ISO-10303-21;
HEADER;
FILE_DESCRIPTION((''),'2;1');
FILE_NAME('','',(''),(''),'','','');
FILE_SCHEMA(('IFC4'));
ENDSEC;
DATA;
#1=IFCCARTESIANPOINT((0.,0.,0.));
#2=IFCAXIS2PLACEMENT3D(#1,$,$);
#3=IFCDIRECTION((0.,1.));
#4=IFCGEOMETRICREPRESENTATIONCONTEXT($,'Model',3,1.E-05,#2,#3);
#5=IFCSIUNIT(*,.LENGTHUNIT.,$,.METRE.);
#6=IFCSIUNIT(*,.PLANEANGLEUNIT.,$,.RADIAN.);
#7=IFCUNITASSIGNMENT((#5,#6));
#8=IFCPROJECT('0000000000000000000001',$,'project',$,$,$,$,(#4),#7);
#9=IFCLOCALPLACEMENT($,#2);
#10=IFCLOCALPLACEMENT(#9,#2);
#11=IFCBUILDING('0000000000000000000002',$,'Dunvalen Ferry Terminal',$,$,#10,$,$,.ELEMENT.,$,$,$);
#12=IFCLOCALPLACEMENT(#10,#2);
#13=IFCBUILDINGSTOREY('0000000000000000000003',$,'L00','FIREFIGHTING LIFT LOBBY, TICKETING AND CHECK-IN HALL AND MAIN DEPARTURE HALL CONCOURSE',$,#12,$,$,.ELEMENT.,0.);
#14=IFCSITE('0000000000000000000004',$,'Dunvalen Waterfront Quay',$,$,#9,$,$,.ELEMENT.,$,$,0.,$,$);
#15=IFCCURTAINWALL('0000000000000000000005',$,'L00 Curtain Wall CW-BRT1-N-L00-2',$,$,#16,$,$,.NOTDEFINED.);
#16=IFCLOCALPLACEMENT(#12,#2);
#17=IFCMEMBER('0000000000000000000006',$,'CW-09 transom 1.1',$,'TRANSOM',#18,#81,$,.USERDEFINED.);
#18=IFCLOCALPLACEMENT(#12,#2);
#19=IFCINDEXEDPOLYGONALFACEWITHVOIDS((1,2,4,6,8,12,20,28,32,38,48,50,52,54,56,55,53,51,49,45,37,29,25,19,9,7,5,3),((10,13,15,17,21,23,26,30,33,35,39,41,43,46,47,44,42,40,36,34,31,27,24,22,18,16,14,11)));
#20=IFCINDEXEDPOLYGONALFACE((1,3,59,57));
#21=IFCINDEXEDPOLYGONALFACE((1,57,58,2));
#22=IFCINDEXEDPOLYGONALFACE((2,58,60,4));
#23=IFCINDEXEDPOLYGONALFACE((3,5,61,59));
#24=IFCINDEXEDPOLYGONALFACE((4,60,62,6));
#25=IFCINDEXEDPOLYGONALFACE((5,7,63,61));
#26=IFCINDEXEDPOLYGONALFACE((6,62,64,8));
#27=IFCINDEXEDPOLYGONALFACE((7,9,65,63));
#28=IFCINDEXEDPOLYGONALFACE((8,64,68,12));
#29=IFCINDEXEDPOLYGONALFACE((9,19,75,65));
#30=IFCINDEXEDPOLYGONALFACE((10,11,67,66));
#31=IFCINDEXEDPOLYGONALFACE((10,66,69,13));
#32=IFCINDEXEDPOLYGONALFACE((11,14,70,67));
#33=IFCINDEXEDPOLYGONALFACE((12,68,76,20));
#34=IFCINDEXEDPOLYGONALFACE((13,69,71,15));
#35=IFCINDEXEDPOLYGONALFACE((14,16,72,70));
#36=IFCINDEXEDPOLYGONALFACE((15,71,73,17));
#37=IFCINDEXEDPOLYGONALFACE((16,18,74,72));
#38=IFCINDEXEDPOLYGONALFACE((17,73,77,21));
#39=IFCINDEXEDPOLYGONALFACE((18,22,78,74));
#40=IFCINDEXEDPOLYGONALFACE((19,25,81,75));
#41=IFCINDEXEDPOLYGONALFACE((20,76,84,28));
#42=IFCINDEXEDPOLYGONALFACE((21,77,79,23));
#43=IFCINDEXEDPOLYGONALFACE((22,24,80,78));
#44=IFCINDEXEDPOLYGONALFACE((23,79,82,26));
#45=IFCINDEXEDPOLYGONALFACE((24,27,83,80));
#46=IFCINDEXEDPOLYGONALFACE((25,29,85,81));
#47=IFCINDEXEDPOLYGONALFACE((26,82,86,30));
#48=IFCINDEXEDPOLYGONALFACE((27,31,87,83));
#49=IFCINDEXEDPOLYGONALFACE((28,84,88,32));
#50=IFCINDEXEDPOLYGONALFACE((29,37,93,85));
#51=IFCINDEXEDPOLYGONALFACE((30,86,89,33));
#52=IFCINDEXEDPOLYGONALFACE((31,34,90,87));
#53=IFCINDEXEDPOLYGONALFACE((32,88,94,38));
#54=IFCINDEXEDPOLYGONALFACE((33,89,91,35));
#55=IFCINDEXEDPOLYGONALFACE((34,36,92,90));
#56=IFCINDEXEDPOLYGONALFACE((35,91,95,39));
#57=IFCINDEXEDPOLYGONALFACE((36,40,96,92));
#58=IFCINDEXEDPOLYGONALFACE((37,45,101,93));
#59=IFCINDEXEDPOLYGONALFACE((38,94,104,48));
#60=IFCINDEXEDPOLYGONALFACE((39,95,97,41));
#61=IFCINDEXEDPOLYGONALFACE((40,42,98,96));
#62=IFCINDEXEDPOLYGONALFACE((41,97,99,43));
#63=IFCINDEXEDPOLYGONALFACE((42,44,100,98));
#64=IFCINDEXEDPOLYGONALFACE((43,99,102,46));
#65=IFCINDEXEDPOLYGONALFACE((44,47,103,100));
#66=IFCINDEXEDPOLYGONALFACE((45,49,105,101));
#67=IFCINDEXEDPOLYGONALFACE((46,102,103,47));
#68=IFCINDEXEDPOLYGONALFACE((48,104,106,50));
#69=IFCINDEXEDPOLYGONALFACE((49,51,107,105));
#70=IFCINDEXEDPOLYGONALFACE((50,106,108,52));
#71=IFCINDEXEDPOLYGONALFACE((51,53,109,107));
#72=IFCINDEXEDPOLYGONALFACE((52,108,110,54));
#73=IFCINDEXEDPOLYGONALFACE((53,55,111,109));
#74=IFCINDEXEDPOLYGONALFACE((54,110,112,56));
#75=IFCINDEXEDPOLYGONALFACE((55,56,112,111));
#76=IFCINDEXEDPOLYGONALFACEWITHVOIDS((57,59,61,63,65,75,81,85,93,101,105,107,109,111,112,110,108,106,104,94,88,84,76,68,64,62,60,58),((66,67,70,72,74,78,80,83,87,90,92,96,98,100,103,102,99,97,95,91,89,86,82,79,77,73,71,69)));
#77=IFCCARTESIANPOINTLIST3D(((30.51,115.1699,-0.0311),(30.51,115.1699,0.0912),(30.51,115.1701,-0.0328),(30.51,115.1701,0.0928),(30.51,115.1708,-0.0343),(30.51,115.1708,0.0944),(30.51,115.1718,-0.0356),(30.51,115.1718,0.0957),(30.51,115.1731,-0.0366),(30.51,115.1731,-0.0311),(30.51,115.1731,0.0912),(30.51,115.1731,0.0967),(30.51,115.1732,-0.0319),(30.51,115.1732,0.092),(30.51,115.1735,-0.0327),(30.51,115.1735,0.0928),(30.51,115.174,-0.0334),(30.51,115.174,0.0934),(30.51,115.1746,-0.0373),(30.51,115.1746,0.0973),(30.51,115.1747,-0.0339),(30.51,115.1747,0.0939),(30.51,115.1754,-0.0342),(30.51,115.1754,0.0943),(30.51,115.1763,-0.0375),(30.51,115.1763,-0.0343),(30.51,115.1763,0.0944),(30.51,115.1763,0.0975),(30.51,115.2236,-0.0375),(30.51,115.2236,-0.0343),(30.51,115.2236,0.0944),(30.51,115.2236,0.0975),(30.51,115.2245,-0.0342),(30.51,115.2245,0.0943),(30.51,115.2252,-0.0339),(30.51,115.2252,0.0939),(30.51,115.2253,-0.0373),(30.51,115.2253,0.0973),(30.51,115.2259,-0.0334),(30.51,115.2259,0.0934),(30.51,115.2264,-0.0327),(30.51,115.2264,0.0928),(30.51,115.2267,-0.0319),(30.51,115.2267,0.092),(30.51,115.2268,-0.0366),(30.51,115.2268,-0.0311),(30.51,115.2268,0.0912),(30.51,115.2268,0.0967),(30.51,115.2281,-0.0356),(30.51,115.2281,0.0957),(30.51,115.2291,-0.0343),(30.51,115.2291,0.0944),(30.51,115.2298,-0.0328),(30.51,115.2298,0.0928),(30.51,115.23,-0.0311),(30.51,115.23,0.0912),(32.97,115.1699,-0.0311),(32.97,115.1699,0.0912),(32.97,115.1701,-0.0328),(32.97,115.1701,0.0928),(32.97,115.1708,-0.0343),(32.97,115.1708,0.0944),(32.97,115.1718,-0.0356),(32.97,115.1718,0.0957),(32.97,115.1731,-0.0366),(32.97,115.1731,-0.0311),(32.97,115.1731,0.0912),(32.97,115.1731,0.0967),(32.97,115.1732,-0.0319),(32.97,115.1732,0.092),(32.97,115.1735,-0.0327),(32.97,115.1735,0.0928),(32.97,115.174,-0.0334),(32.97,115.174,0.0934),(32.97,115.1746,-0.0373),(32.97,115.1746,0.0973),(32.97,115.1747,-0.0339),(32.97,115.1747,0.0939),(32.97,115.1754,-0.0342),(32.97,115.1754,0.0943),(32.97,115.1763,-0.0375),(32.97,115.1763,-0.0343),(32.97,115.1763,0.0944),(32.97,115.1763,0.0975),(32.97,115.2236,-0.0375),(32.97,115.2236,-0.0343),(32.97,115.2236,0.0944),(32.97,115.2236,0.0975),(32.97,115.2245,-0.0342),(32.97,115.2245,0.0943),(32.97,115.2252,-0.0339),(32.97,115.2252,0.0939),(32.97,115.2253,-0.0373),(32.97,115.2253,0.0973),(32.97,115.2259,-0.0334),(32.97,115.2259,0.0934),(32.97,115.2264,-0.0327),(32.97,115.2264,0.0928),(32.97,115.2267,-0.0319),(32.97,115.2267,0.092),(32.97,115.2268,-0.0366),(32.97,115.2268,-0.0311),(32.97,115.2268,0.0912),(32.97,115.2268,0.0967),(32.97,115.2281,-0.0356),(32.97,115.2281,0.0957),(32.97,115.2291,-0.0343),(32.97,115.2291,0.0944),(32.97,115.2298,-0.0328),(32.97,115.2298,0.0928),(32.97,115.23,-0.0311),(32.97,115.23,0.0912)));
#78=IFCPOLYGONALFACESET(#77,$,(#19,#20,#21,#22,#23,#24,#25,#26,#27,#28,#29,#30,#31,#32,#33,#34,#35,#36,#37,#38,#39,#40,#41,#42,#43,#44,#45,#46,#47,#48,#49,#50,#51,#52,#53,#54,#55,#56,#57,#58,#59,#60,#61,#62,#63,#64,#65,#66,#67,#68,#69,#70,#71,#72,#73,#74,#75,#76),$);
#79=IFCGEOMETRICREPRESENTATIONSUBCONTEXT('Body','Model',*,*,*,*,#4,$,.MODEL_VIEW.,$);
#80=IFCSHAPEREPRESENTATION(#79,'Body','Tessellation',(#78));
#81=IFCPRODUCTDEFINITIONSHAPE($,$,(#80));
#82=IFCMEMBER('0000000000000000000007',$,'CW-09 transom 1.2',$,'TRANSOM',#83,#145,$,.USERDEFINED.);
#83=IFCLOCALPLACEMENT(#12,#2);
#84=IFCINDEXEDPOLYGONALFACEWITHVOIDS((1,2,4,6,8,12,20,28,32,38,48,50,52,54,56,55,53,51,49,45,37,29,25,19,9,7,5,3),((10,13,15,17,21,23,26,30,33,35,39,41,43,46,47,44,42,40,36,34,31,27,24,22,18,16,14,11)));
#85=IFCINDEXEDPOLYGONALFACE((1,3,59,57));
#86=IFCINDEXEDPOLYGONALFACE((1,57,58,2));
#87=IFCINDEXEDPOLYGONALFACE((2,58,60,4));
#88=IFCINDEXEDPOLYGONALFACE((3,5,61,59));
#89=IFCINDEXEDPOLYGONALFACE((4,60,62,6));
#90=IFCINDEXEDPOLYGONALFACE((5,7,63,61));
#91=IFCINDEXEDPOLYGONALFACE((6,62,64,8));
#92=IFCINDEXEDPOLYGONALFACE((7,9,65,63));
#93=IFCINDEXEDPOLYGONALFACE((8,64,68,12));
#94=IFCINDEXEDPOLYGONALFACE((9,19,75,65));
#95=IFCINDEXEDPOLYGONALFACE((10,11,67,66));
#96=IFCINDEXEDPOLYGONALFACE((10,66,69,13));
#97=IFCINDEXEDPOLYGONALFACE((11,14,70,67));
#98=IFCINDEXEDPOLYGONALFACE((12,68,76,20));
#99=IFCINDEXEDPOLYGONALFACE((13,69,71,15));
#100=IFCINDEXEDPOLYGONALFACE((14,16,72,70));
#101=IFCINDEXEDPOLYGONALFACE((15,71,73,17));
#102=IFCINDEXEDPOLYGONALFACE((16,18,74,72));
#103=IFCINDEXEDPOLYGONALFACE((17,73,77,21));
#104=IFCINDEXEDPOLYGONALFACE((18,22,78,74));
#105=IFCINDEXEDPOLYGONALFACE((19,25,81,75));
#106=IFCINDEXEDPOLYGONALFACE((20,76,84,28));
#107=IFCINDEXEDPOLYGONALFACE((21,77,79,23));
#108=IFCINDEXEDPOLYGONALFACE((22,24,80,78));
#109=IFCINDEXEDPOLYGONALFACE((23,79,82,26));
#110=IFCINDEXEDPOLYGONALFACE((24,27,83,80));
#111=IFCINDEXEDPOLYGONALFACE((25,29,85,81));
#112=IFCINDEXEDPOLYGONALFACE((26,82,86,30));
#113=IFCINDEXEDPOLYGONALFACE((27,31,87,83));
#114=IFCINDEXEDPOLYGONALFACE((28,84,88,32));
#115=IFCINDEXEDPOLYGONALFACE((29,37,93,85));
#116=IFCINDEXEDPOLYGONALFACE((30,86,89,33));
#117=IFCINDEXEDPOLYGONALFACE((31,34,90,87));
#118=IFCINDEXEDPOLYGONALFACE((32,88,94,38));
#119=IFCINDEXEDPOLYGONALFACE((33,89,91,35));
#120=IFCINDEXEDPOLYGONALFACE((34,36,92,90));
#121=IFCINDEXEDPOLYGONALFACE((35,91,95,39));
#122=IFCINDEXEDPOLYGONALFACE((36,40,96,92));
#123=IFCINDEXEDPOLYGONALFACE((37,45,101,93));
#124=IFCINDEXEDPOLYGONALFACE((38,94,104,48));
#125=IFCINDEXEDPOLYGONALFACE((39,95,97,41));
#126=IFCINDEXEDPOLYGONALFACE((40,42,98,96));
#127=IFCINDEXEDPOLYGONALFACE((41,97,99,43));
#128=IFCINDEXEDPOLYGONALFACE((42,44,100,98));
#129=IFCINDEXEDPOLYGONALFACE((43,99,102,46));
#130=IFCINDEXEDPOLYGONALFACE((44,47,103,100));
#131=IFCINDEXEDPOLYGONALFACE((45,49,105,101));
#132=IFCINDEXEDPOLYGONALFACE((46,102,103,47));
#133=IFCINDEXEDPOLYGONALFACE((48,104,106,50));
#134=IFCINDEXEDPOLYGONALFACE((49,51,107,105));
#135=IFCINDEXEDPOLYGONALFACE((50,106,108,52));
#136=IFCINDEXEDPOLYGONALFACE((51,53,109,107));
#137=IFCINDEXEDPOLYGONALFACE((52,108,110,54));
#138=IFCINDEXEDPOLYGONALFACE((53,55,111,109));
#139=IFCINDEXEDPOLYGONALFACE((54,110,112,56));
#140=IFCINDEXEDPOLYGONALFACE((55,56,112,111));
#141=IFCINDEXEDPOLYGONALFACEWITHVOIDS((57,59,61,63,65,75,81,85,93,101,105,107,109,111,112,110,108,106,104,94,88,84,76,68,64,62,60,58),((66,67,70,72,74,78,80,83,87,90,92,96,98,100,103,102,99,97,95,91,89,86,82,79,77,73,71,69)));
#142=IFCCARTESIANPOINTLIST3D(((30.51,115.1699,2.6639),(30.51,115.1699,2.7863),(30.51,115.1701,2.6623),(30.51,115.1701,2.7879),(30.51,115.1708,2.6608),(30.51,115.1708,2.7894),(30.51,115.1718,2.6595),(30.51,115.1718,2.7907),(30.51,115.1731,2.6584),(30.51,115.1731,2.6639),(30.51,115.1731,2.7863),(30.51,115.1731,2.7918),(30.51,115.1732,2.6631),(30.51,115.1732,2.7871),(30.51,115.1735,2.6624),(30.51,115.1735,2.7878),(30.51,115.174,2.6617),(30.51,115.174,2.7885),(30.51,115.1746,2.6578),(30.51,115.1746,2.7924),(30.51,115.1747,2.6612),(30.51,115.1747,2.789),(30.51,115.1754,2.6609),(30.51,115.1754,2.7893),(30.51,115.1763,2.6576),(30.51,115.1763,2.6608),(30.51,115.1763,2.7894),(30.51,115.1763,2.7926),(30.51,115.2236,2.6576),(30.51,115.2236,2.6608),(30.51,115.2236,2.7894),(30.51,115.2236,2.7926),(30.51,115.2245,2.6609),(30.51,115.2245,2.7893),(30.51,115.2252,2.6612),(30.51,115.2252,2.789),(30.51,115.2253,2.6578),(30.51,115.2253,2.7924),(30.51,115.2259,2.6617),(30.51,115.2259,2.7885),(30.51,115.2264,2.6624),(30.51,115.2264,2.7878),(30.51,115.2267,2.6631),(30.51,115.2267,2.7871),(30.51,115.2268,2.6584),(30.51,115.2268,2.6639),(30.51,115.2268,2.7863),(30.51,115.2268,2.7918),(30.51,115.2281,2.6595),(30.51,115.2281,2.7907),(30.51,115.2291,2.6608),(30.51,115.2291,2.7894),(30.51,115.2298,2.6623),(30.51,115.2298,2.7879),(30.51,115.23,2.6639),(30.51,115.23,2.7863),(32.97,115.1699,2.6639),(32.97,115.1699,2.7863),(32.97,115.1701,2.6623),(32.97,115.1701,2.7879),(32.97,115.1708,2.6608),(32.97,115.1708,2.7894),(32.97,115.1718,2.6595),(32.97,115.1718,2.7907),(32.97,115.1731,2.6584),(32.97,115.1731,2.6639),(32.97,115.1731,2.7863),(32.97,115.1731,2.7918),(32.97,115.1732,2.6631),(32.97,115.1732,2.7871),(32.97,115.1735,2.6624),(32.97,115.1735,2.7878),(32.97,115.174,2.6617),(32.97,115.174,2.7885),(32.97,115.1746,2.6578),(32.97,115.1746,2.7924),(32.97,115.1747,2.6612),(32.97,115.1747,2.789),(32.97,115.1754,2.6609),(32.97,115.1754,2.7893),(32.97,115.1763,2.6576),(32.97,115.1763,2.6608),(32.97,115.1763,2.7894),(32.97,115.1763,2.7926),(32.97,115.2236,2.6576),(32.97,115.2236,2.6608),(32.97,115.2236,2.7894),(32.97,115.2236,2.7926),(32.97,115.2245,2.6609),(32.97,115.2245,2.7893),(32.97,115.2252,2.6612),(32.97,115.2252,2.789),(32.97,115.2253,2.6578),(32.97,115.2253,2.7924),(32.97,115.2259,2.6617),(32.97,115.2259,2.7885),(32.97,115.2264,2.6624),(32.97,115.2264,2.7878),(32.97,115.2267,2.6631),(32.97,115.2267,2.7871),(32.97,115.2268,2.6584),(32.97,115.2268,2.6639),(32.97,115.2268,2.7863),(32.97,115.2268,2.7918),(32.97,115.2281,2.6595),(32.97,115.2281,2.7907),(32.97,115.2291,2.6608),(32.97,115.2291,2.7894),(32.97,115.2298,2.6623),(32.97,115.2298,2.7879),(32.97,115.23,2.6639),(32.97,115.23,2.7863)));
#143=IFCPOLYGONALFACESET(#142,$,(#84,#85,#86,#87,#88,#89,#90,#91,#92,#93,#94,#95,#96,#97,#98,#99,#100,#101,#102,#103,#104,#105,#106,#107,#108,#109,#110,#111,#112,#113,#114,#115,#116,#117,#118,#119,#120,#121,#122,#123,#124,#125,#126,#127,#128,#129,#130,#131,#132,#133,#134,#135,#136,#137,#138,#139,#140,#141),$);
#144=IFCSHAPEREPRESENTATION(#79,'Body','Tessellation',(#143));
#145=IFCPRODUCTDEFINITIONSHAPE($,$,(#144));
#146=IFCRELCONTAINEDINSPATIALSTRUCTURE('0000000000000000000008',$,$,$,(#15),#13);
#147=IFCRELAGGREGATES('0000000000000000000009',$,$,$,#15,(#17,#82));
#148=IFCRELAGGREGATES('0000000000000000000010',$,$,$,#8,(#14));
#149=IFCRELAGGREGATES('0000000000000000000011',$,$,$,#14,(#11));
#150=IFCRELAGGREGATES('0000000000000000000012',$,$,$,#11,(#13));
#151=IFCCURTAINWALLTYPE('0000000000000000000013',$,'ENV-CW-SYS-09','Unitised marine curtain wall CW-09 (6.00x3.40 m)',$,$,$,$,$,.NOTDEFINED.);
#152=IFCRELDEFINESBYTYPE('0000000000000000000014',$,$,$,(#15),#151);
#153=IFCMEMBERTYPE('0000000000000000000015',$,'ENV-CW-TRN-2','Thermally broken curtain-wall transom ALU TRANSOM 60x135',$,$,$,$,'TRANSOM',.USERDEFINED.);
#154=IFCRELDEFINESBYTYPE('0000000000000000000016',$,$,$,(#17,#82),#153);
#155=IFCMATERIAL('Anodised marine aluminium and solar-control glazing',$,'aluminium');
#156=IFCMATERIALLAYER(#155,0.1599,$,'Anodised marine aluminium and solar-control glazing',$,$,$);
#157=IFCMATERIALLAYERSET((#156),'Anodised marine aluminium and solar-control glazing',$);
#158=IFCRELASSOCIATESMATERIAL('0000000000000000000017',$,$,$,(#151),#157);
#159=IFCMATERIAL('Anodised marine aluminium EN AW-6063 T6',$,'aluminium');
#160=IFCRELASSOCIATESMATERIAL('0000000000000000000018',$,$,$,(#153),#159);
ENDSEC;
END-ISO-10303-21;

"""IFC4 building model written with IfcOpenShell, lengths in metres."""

from ifc_helpers import new_model, si_unit, direction, frame, origin, origin_2d, place, context, subcontext, project, spatial, hollow_rectangle, extrude, material, layer, layer_set, material_profile, profile_set, type_object, element, aggregate, save


model = new_model("IFC4")

# Units and contexts
model_context = context("Model", 3, precision=1e-05, world=origin(), true_north=direction((0.0, 1.0)))
body_context = subcontext(model_context, "Body", "Model", "MODEL_VIEW")
ifc_project = project(units=[si_unit("LENGTHUNIT", "METRE"), si_unit("PLANEANGLEUNIT", "RADIAN")], contexts=[model_context])

# Site, building, storey
site_placement = place(None, origin())
site = spatial("IfcSite", under=ifc_project, at=site_placement, Name="Dunvalen Waterfront Quay", CompositionType="ELEMENT", RefElevation=0.0)
building_placement = place(site_placement, origin())
building = spatial("IfcBuilding", under=site, at=building_placement, Name="Dunvalen Ferry Terminal", CompositionType="ELEMENT")
storey_placement = place(building_placement, origin())
storey = spatial("IfcBuildingStorey", under=building, at=storey_placement, Name="L00", Description="FIREFIGHTING LIFT LOBBY, TICKETING AND CHECK-IN HALL AND MAIN DEPARTURE HALL CONCOURSE", CompositionType="ELEMENT", Elevation=0.0)

# Curtain wall, members
ifc_material_1 = material(Name="Anodised marine aluminium and solar-control glazing", Category="aluminium")
ifc_layer_1 = layer(ifc_material_1, 0.1599, Name="Anodised marine aluminium and solar-control glazing")
ifc_layer_set_1 = layer_set([ifc_layer_1], Name="Anodised marine aluminium and solar-control glazing")
curtain_wall_type = type_object("IfcCurtainWallType", Name="ENV-CW-SYS-09", Description="Unitised marine curtain wall CW-09 (6.00x3.40 m)", PredefinedType="NOTDEFINED", material=ifc_layer_set_1)
curtain_wall_placement = place(storey_placement, origin())
curtain_wall = element("IfcCurtainWall", 1, at=curtain_wall_placement, inside=storey, type_object=curtain_wall_type, Name="L00 Curtain Wall CW-BRT1-N-L00-2", PredefinedType="NOTDEFINED")
ifc_material_2 = material(Name="Anodised marine aluminium EN AW-6063 T6", Category="aluminium")
ifc_material_profile_1 = material_profile(ifc_material_2, hollow_rectangle(XDim=0.0601, YDim=0.135, WallThickness=0.0032, InnerFilletRadius=0.0032, OuterFilletRadius=0.0063, at=origin_2d()), Name="Anodised marine aluminium EN AW-6063 T6")
ifc_profile_set_1 = profile_set([ifc_material_profile_1], Name="Anodised marine aluminium EN AW-6063 T6")
member_type_1 = type_object("IfcMemberType", Name="ENV-CW-TRN-2", Description="Thermally broken curtain-wall transom ALU TRANSOM 60x135", ElementType="TRANSOM", PredefinedType="USERDEFINED", material=ifc_profile_set_1)
member_1_placement = place(storey_placement, frame((30.51, 115.2, 0.03), z_axis=(1.0, 0.0, 0.0), x_axis=(0.0, 1.0, 0.0)))
member_1 = element("IfcMember", 2, at=member_1_placement, type_object=member_type_1, Name="CW-09 transom 1.1", ObjectType="TRANSOM", PredefinedType="USERDEFINED", context=body_context, shape_type="SweptSolid", body=[
    extrude(hollow_rectangle(XDim=0.0601, YDim=0.135, WallThickness=0.0032, InnerFilletRadius=0.0032, OuterFilletRadius=0.0063, at=origin_2d()), origin(), (0.0, 0.0, 1.0), 2.46),
])
member_2_placement = place(storey_placement, frame((30.51, 115.2, 2.7251), z_axis=(1.0, 0.0, 0.0), x_axis=(0.0, 1.0, 0.0)))
member_2 = element("IfcMember", 3, at=member_2_placement, type_object=member_type_1, Name="CW-09 transom 1.2", ObjectType="TRANSOM", PredefinedType="USERDEFINED", context=body_context, shape_type="SweptSolid", body=[
    extrude(hollow_rectangle(XDim=0.0601, YDim=0.135, WallThickness=0.0032, InnerFilletRadius=0.0032, OuterFilletRadius=0.0063, at=origin_2d()), origin(), (0.0, 0.0, 1.0), 2.46),
])
aggregate(curtain_wall, [member_1, member_2])

save(model, "model.ifc")
